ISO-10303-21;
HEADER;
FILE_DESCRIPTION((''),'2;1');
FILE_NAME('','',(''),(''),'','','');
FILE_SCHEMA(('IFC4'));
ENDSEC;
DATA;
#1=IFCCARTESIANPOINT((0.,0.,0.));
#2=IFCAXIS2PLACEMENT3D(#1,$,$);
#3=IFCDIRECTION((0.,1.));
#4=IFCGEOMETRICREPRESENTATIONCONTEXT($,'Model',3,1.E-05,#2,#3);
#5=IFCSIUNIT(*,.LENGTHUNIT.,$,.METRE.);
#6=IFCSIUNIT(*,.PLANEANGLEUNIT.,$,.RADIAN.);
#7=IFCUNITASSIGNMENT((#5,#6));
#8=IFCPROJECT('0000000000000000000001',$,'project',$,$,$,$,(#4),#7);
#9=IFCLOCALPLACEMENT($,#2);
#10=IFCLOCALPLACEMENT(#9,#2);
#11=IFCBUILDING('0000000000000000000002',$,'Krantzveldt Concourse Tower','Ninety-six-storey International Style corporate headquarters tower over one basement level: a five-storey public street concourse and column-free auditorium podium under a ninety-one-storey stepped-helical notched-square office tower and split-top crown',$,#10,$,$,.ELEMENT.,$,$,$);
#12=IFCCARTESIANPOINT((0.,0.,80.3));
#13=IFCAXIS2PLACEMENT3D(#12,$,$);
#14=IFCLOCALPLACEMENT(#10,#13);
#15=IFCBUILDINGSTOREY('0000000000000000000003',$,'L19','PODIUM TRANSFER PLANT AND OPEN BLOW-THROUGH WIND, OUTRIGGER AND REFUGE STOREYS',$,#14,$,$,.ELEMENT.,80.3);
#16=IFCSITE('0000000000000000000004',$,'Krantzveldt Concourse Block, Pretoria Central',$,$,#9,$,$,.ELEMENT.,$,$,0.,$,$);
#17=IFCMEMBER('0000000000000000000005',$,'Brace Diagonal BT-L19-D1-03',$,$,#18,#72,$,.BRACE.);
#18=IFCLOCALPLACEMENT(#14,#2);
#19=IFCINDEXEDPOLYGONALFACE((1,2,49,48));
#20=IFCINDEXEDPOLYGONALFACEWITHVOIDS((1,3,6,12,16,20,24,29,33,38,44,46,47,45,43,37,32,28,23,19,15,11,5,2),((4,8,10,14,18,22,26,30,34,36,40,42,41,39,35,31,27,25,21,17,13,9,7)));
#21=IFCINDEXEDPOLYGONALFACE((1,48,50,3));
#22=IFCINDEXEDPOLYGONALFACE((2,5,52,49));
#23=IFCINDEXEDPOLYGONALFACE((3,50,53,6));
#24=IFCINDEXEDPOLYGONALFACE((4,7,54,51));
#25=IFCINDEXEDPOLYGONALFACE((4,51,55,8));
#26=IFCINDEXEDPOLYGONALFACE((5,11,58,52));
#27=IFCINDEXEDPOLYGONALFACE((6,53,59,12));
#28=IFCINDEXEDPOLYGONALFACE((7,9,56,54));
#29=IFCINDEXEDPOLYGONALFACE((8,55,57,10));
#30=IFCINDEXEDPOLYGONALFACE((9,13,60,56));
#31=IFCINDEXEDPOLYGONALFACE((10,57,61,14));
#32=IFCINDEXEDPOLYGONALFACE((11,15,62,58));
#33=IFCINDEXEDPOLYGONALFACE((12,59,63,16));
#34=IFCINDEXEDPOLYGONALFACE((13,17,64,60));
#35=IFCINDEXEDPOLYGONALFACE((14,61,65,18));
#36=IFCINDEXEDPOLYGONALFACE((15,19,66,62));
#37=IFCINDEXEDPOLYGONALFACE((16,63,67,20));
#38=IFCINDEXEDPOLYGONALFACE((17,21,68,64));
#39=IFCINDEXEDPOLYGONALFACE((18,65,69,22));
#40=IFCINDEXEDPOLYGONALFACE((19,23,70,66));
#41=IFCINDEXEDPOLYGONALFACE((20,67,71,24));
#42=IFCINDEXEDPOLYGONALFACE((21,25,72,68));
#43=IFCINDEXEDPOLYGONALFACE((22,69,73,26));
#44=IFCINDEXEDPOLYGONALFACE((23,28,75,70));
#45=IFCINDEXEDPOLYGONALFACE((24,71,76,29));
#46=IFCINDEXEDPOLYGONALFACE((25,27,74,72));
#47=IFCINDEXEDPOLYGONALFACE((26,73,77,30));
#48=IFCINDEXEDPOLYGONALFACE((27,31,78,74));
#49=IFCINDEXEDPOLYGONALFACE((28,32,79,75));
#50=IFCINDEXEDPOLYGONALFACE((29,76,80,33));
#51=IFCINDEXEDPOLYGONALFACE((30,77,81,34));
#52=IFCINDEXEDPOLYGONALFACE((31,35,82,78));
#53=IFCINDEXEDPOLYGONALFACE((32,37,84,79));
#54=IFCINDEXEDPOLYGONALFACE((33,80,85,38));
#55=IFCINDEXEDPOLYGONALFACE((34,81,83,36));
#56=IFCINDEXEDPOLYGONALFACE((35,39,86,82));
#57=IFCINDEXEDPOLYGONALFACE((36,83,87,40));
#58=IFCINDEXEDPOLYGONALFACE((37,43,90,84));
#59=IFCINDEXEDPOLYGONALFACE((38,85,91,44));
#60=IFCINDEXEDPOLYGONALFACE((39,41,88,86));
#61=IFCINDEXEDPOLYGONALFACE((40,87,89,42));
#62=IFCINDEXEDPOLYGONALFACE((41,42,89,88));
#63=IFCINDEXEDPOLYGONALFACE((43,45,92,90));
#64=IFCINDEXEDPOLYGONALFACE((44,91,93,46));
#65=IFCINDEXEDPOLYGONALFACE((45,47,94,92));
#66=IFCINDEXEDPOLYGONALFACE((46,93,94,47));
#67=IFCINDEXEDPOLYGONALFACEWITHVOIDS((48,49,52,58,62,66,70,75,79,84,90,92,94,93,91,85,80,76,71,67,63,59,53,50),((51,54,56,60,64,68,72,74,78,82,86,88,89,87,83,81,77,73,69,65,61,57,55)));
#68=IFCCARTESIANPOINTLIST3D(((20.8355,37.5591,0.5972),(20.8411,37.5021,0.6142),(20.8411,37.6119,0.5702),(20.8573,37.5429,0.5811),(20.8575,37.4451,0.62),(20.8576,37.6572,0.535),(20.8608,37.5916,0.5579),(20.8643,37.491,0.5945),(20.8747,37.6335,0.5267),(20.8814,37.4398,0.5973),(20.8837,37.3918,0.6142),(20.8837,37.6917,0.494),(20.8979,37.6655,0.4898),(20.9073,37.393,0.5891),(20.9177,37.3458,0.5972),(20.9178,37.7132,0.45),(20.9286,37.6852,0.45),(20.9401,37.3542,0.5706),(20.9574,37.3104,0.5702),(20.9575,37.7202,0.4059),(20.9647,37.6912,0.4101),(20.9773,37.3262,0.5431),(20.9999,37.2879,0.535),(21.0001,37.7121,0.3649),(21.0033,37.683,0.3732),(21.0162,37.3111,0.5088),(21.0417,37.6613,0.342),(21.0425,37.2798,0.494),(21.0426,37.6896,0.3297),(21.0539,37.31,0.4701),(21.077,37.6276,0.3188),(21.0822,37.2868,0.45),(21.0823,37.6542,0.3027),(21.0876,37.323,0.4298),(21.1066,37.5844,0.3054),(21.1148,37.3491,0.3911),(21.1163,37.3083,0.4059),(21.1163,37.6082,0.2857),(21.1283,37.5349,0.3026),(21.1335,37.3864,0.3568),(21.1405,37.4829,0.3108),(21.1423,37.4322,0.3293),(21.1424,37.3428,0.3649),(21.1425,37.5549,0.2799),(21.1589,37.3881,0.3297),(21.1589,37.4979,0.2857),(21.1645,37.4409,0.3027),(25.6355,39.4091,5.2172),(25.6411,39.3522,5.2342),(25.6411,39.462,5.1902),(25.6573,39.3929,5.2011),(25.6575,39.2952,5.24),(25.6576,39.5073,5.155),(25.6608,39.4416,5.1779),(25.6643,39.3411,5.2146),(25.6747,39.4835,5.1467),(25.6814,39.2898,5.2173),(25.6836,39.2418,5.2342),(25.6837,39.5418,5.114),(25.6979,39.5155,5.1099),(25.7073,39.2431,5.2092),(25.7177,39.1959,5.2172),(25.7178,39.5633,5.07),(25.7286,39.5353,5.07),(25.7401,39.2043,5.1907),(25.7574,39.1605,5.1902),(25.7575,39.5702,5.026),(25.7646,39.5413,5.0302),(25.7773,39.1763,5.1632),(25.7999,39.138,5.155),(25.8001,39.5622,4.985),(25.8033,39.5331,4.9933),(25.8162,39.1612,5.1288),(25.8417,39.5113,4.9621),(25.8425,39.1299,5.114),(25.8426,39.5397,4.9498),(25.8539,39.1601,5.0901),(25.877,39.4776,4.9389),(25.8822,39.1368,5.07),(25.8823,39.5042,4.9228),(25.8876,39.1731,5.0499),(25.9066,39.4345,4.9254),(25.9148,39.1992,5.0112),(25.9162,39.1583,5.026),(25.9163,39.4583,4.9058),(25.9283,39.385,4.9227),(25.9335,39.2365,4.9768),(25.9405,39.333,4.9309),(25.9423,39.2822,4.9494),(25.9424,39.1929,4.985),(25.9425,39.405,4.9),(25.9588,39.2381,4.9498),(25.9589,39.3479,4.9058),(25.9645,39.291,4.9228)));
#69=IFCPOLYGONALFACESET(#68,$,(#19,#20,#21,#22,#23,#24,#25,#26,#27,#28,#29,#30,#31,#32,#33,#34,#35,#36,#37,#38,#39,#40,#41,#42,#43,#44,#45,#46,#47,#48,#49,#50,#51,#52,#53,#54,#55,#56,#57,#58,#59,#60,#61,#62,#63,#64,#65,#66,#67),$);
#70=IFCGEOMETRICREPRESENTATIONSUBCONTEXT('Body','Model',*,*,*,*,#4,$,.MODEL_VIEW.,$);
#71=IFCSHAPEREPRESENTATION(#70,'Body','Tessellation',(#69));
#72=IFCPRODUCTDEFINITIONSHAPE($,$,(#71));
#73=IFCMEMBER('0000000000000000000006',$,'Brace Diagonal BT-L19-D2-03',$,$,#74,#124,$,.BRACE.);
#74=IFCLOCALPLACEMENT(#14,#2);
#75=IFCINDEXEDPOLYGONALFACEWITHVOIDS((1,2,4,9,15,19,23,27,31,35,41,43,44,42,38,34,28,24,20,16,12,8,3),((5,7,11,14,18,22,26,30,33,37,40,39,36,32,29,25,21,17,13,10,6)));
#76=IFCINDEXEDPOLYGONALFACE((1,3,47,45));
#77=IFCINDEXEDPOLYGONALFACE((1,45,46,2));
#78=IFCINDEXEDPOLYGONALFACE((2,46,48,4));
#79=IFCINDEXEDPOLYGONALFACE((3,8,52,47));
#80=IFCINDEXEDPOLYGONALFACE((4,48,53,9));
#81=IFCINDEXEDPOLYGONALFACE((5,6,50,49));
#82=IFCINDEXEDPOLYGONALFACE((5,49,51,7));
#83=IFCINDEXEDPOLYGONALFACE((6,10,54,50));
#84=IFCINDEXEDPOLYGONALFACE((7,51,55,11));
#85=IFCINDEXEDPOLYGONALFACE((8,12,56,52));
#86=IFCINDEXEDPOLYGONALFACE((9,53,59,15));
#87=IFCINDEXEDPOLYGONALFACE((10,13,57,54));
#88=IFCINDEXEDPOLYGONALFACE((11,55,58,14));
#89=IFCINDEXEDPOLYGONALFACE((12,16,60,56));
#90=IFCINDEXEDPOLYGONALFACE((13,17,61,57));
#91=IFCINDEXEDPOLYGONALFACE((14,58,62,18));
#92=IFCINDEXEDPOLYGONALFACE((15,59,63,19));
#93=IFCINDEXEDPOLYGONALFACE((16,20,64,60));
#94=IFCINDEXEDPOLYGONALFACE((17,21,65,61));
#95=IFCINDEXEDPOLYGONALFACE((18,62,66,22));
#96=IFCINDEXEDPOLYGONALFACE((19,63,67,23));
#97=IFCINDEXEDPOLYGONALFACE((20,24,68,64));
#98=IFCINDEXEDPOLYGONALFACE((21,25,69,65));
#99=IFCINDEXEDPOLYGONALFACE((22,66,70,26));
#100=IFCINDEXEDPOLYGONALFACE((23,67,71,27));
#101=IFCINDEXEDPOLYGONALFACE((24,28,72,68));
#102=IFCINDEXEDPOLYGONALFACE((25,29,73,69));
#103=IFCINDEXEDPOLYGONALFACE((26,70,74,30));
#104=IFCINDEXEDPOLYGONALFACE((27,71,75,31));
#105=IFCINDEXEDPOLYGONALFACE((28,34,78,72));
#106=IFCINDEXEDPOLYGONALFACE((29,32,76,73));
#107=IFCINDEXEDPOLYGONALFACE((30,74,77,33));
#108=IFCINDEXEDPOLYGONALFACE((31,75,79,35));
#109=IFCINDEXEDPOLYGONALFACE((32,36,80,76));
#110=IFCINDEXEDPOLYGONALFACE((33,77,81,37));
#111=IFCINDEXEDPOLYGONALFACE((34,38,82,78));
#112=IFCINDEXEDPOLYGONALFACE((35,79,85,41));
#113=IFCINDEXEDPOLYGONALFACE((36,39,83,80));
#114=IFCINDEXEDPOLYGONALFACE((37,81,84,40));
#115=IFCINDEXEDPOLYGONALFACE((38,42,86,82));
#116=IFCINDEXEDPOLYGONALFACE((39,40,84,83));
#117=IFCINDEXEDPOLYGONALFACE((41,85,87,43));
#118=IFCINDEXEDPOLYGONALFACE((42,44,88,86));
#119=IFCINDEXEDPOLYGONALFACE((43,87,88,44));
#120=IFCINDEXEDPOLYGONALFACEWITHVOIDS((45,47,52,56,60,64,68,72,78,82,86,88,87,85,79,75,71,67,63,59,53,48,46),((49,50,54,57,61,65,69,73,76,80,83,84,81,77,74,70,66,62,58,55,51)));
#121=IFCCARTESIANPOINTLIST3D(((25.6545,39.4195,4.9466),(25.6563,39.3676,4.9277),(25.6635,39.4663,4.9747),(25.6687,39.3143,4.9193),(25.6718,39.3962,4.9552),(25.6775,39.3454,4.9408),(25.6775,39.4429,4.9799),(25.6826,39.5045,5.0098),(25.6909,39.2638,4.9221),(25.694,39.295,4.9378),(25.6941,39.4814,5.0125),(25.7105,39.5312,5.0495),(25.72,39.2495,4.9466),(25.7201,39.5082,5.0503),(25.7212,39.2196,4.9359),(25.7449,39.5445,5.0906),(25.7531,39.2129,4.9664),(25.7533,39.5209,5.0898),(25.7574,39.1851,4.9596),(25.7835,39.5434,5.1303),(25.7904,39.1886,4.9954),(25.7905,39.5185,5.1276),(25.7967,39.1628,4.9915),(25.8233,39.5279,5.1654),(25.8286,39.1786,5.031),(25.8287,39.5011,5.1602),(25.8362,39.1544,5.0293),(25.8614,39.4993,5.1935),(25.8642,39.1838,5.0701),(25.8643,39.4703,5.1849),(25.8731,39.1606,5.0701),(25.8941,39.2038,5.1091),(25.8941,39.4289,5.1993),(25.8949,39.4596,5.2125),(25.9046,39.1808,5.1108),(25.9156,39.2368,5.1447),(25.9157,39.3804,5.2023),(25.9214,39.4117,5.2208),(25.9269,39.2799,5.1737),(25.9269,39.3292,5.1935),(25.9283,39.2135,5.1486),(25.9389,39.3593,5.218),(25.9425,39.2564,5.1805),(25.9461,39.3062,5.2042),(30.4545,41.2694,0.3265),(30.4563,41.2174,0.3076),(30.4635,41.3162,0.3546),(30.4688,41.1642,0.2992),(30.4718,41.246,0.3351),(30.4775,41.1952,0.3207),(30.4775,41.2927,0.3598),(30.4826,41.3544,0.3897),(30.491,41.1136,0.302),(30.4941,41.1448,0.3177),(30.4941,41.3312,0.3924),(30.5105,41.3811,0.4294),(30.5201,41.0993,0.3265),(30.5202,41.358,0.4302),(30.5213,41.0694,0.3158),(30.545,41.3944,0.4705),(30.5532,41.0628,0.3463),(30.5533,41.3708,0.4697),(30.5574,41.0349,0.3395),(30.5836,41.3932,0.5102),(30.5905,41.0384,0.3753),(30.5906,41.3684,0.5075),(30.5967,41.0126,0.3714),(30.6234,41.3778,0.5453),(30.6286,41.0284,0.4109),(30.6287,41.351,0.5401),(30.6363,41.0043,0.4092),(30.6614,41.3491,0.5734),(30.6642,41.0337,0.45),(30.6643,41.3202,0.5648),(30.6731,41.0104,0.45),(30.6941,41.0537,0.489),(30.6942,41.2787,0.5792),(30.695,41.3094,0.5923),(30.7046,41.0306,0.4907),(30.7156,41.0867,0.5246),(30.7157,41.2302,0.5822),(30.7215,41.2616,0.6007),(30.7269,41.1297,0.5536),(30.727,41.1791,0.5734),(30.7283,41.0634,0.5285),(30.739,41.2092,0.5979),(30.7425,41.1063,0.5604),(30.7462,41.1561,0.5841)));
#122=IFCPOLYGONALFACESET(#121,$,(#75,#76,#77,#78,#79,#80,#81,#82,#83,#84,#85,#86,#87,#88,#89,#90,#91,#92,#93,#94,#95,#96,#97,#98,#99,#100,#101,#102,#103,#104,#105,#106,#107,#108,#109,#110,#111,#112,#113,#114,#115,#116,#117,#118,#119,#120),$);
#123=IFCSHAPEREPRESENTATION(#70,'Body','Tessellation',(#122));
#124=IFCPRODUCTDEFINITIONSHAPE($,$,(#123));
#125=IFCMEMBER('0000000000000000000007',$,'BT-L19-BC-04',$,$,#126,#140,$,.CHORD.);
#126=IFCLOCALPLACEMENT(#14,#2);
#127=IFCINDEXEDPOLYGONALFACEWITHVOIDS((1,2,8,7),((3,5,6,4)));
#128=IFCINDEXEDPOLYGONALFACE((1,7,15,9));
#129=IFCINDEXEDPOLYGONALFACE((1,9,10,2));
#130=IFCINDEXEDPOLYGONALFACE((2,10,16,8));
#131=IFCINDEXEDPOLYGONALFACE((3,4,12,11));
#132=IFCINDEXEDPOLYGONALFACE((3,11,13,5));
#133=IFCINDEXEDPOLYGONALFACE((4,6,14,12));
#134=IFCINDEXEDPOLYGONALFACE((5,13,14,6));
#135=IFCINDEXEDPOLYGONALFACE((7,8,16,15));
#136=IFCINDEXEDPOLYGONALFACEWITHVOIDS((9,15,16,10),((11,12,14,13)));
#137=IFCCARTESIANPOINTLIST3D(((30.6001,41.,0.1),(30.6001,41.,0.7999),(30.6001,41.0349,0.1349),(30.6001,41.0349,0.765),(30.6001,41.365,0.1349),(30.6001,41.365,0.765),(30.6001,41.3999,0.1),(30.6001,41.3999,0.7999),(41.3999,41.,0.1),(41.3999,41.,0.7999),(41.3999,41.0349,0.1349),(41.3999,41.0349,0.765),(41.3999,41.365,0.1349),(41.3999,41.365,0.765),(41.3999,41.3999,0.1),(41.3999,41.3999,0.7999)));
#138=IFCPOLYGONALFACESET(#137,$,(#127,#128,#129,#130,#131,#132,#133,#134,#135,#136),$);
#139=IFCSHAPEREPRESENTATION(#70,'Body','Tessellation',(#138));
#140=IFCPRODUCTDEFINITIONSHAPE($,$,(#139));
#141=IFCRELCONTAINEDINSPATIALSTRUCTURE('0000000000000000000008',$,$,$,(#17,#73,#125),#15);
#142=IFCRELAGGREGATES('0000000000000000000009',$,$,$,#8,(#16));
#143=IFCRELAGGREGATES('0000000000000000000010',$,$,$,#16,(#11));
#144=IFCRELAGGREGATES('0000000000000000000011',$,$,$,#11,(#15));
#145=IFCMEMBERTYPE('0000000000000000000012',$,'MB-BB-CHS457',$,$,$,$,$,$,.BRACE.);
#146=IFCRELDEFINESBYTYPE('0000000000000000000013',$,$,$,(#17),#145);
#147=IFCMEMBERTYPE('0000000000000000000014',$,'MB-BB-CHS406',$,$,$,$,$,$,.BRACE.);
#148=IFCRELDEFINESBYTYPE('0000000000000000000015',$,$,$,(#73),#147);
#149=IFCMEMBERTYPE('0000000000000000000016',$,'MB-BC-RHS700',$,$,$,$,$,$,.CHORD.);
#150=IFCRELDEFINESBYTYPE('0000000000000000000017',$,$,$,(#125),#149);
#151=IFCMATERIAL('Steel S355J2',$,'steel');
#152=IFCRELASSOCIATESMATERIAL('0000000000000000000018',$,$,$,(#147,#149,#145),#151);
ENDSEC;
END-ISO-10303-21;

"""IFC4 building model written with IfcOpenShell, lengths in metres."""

from ifc_helpers import new_model, si_unit, direction, frame, origin, origin_2d, place, context, subcontext, project, spatial, hollow_rectangle, hollow_circle, extrude, source, transform, mapped, material, material_profile, profile_set, type_object, element, save


model = new_model("IFC4")

# Units and contexts
model_context = context("Model", 3, precision=1e-05, world=origin(), true_north=direction((0.0, 1.0)))
body_context = subcontext(model_context, "Body", "Model", "MODEL_VIEW")
ifc_project = project(units=[si_unit("LENGTHUNIT", "METRE"), si_unit("PLANEANGLEUNIT", "RADIAN")], contexts=[model_context])

# Site, building, storey
site_placement = place(None, origin())
site = spatial("IfcSite", under=ifc_project, at=site_placement, Name="Krantzveldt Concourse Block, Pretoria Central", CompositionType="ELEMENT", RefElevation=0.0)
building_placement = place(site_placement, origin())
building = spatial("IfcBuilding", under=site, at=building_placement, Name="Krantzveldt Concourse Tower", Description="Ninety-six-storey International Style corporate headquarters tower over one basement level: a five-storey public street concourse and column-free auditorium podium under a ninety-one-storey stepped-helical notched-square office tower and split-top crown", CompositionType="ELEMENT")
storey_placement = place(building_placement, frame((0.0, 0.0, 80.3)))
storey = spatial("IfcBuildingStorey", under=building, at=storey_placement, Name="L19", Description="PODIUM TRANSFER PLANT AND OPEN BLOW-THROUGH WIND, OUTRIGGER AND REFUGE STOREYS", CompositionType="ELEMENT", Elevation=80.3)

# Shared definitions
ifc_material_1 = material(Name="Steel S355J2", Category="steel")

# Members
ifc_material_profile_1 = material_profile(ifc_material_1, hollow_circle(Radius=0.2031, WallThickness=0.0249, at=origin_2d()), Name="Steel S355J2", Category="steel")
ifc_profile_set_1 = profile_set([ifc_material_profile_1], Name="Steel S355J2 - CHS 406.4x25")
member_type_1 = type_object("IfcMemberType", Name="MB-BB-CHS406", PredefinedType="BRACE", material=ifc_profile_set_1)
ifc_material_profile_2 = material_profile(ifc_material_1, hollow_rectangle(XDim=0.3999, YDim=0.7, WallThickness=0.0349, at=origin_2d()), Name="Steel S355J2", Category="steel")
ifc_profile_set_2 = profile_set([ifc_material_profile_2], Name="Steel S355J2 - RHS 700x400x35")
member_type_2 = type_object("IfcMemberType", Name="MB-BC-RHS700", PredefinedType="CHORD", material=ifc_profile_set_2)
ifc_material_profile_3 = material_profile(ifc_material_1, hollow_circle(Radius=0.2285, WallThickness=0.03, at=origin_2d()), Name="Steel S355J2", Category="steel")
ifc_profile_set_3 = profile_set([ifc_material_profile_3], Name="Steel S355J2 - CHS 457x30")
member_type_3 = type_object("IfcMemberType", Name="MB-BB-CHS457", PredefinedType="BRACE", material=ifc_profile_set_3)
shared_shape_1 = source(origin(), body_context, "Body", "SweptSolid", [
    extrude(hollow_circle(Radius=0.2285, WallThickness=0.03, at=origin_2d()), origin(), (0.0, 0.0, 1.0), 6.9143),
])
member_1_placement = place(storey_placement, frame((21.0, 37.5, 0.45), z_axis=(0.694211, 0.267572, 0.668189), x_axis=(-0.359644, 0.93309, 0.0)))
element("IfcMember", 1, at=member_1_placement, inside=storey, type_object=member_type_3, Name="Brace Diagonal BT-L19-D1-03", PredefinedType="BRACE", context=body_context, shape_type="MappedRepresentation", body=[
    mapped(shared_shape_1, transform((0.0, 0.0, 0.0), x_axis=(1.0, 0.0, 0.0), y_axis=(0.0, 1.0, 0.0), z_axis=(0.0, 0.0, 1.0), scale=1.0)),
])
shared_shape_2 = source(origin(), body_context, "Body", "SweptSolid", [
    extrude(hollow_circle(Radius=0.2031, WallThickness=0.0249, at=origin_2d()), origin(), (0.0, 0.0, 1.0), 6.9143),
])
member_2_placement = place(storey_placement, frame((30.6001, 41.2, 0.45), z_axis=(-0.694218, -0.267539, 0.668195), x_axis=(0.359602, -0.933106, 0.0)))
element("IfcMember", 2, at=member_2_placement, inside=storey, type_object=member_type_1, Name="Brace Diagonal BT-L19-D2-03", PredefinedType="BRACE", context=body_context, shape_type="MappedRepresentation", body=[
    mapped(shared_shape_2, transform((0.0, 0.0, 0.0), x_axis=(1.0, 0.0, 0.0), y_axis=(0.0, 1.0, 0.0), z_axis=(0.0, 0.0, 1.0), scale=1.0)),
])
shared_shape_3 = source(origin(), body_context, "Body", "SweptSolid", [
    extrude(hollow_rectangle(XDim=0.3999, YDim=0.7, WallThickness=0.0349, at=origin_2d()), origin(), (0.0, 0.0, 1.0), 10.7998),
])
member_3_placement = place(storey_placement, frame((30.6001, 41.2, 0.45), z_axis=(1.0, 0.0, 0.0), x_axis=(0.0, 1.0, 0.0)))
element("IfcMember", 3, at=member_3_placement, inside=storey, type_object=member_type_2, Name="BT-L19-BC-04", PredefinedType="CHORD", context=body_context, shape_type="MappedRepresentation", body=[
    mapped(shared_shape_3, transform((0.0, 0.0, 0.0), x_axis=(1.0, 0.0, 0.0), y_axis=(0.0, 1.0, 0.0), z_axis=(0.0, 0.0, 1.0), scale=1.0)),
])

save(model, "model.ifc")
